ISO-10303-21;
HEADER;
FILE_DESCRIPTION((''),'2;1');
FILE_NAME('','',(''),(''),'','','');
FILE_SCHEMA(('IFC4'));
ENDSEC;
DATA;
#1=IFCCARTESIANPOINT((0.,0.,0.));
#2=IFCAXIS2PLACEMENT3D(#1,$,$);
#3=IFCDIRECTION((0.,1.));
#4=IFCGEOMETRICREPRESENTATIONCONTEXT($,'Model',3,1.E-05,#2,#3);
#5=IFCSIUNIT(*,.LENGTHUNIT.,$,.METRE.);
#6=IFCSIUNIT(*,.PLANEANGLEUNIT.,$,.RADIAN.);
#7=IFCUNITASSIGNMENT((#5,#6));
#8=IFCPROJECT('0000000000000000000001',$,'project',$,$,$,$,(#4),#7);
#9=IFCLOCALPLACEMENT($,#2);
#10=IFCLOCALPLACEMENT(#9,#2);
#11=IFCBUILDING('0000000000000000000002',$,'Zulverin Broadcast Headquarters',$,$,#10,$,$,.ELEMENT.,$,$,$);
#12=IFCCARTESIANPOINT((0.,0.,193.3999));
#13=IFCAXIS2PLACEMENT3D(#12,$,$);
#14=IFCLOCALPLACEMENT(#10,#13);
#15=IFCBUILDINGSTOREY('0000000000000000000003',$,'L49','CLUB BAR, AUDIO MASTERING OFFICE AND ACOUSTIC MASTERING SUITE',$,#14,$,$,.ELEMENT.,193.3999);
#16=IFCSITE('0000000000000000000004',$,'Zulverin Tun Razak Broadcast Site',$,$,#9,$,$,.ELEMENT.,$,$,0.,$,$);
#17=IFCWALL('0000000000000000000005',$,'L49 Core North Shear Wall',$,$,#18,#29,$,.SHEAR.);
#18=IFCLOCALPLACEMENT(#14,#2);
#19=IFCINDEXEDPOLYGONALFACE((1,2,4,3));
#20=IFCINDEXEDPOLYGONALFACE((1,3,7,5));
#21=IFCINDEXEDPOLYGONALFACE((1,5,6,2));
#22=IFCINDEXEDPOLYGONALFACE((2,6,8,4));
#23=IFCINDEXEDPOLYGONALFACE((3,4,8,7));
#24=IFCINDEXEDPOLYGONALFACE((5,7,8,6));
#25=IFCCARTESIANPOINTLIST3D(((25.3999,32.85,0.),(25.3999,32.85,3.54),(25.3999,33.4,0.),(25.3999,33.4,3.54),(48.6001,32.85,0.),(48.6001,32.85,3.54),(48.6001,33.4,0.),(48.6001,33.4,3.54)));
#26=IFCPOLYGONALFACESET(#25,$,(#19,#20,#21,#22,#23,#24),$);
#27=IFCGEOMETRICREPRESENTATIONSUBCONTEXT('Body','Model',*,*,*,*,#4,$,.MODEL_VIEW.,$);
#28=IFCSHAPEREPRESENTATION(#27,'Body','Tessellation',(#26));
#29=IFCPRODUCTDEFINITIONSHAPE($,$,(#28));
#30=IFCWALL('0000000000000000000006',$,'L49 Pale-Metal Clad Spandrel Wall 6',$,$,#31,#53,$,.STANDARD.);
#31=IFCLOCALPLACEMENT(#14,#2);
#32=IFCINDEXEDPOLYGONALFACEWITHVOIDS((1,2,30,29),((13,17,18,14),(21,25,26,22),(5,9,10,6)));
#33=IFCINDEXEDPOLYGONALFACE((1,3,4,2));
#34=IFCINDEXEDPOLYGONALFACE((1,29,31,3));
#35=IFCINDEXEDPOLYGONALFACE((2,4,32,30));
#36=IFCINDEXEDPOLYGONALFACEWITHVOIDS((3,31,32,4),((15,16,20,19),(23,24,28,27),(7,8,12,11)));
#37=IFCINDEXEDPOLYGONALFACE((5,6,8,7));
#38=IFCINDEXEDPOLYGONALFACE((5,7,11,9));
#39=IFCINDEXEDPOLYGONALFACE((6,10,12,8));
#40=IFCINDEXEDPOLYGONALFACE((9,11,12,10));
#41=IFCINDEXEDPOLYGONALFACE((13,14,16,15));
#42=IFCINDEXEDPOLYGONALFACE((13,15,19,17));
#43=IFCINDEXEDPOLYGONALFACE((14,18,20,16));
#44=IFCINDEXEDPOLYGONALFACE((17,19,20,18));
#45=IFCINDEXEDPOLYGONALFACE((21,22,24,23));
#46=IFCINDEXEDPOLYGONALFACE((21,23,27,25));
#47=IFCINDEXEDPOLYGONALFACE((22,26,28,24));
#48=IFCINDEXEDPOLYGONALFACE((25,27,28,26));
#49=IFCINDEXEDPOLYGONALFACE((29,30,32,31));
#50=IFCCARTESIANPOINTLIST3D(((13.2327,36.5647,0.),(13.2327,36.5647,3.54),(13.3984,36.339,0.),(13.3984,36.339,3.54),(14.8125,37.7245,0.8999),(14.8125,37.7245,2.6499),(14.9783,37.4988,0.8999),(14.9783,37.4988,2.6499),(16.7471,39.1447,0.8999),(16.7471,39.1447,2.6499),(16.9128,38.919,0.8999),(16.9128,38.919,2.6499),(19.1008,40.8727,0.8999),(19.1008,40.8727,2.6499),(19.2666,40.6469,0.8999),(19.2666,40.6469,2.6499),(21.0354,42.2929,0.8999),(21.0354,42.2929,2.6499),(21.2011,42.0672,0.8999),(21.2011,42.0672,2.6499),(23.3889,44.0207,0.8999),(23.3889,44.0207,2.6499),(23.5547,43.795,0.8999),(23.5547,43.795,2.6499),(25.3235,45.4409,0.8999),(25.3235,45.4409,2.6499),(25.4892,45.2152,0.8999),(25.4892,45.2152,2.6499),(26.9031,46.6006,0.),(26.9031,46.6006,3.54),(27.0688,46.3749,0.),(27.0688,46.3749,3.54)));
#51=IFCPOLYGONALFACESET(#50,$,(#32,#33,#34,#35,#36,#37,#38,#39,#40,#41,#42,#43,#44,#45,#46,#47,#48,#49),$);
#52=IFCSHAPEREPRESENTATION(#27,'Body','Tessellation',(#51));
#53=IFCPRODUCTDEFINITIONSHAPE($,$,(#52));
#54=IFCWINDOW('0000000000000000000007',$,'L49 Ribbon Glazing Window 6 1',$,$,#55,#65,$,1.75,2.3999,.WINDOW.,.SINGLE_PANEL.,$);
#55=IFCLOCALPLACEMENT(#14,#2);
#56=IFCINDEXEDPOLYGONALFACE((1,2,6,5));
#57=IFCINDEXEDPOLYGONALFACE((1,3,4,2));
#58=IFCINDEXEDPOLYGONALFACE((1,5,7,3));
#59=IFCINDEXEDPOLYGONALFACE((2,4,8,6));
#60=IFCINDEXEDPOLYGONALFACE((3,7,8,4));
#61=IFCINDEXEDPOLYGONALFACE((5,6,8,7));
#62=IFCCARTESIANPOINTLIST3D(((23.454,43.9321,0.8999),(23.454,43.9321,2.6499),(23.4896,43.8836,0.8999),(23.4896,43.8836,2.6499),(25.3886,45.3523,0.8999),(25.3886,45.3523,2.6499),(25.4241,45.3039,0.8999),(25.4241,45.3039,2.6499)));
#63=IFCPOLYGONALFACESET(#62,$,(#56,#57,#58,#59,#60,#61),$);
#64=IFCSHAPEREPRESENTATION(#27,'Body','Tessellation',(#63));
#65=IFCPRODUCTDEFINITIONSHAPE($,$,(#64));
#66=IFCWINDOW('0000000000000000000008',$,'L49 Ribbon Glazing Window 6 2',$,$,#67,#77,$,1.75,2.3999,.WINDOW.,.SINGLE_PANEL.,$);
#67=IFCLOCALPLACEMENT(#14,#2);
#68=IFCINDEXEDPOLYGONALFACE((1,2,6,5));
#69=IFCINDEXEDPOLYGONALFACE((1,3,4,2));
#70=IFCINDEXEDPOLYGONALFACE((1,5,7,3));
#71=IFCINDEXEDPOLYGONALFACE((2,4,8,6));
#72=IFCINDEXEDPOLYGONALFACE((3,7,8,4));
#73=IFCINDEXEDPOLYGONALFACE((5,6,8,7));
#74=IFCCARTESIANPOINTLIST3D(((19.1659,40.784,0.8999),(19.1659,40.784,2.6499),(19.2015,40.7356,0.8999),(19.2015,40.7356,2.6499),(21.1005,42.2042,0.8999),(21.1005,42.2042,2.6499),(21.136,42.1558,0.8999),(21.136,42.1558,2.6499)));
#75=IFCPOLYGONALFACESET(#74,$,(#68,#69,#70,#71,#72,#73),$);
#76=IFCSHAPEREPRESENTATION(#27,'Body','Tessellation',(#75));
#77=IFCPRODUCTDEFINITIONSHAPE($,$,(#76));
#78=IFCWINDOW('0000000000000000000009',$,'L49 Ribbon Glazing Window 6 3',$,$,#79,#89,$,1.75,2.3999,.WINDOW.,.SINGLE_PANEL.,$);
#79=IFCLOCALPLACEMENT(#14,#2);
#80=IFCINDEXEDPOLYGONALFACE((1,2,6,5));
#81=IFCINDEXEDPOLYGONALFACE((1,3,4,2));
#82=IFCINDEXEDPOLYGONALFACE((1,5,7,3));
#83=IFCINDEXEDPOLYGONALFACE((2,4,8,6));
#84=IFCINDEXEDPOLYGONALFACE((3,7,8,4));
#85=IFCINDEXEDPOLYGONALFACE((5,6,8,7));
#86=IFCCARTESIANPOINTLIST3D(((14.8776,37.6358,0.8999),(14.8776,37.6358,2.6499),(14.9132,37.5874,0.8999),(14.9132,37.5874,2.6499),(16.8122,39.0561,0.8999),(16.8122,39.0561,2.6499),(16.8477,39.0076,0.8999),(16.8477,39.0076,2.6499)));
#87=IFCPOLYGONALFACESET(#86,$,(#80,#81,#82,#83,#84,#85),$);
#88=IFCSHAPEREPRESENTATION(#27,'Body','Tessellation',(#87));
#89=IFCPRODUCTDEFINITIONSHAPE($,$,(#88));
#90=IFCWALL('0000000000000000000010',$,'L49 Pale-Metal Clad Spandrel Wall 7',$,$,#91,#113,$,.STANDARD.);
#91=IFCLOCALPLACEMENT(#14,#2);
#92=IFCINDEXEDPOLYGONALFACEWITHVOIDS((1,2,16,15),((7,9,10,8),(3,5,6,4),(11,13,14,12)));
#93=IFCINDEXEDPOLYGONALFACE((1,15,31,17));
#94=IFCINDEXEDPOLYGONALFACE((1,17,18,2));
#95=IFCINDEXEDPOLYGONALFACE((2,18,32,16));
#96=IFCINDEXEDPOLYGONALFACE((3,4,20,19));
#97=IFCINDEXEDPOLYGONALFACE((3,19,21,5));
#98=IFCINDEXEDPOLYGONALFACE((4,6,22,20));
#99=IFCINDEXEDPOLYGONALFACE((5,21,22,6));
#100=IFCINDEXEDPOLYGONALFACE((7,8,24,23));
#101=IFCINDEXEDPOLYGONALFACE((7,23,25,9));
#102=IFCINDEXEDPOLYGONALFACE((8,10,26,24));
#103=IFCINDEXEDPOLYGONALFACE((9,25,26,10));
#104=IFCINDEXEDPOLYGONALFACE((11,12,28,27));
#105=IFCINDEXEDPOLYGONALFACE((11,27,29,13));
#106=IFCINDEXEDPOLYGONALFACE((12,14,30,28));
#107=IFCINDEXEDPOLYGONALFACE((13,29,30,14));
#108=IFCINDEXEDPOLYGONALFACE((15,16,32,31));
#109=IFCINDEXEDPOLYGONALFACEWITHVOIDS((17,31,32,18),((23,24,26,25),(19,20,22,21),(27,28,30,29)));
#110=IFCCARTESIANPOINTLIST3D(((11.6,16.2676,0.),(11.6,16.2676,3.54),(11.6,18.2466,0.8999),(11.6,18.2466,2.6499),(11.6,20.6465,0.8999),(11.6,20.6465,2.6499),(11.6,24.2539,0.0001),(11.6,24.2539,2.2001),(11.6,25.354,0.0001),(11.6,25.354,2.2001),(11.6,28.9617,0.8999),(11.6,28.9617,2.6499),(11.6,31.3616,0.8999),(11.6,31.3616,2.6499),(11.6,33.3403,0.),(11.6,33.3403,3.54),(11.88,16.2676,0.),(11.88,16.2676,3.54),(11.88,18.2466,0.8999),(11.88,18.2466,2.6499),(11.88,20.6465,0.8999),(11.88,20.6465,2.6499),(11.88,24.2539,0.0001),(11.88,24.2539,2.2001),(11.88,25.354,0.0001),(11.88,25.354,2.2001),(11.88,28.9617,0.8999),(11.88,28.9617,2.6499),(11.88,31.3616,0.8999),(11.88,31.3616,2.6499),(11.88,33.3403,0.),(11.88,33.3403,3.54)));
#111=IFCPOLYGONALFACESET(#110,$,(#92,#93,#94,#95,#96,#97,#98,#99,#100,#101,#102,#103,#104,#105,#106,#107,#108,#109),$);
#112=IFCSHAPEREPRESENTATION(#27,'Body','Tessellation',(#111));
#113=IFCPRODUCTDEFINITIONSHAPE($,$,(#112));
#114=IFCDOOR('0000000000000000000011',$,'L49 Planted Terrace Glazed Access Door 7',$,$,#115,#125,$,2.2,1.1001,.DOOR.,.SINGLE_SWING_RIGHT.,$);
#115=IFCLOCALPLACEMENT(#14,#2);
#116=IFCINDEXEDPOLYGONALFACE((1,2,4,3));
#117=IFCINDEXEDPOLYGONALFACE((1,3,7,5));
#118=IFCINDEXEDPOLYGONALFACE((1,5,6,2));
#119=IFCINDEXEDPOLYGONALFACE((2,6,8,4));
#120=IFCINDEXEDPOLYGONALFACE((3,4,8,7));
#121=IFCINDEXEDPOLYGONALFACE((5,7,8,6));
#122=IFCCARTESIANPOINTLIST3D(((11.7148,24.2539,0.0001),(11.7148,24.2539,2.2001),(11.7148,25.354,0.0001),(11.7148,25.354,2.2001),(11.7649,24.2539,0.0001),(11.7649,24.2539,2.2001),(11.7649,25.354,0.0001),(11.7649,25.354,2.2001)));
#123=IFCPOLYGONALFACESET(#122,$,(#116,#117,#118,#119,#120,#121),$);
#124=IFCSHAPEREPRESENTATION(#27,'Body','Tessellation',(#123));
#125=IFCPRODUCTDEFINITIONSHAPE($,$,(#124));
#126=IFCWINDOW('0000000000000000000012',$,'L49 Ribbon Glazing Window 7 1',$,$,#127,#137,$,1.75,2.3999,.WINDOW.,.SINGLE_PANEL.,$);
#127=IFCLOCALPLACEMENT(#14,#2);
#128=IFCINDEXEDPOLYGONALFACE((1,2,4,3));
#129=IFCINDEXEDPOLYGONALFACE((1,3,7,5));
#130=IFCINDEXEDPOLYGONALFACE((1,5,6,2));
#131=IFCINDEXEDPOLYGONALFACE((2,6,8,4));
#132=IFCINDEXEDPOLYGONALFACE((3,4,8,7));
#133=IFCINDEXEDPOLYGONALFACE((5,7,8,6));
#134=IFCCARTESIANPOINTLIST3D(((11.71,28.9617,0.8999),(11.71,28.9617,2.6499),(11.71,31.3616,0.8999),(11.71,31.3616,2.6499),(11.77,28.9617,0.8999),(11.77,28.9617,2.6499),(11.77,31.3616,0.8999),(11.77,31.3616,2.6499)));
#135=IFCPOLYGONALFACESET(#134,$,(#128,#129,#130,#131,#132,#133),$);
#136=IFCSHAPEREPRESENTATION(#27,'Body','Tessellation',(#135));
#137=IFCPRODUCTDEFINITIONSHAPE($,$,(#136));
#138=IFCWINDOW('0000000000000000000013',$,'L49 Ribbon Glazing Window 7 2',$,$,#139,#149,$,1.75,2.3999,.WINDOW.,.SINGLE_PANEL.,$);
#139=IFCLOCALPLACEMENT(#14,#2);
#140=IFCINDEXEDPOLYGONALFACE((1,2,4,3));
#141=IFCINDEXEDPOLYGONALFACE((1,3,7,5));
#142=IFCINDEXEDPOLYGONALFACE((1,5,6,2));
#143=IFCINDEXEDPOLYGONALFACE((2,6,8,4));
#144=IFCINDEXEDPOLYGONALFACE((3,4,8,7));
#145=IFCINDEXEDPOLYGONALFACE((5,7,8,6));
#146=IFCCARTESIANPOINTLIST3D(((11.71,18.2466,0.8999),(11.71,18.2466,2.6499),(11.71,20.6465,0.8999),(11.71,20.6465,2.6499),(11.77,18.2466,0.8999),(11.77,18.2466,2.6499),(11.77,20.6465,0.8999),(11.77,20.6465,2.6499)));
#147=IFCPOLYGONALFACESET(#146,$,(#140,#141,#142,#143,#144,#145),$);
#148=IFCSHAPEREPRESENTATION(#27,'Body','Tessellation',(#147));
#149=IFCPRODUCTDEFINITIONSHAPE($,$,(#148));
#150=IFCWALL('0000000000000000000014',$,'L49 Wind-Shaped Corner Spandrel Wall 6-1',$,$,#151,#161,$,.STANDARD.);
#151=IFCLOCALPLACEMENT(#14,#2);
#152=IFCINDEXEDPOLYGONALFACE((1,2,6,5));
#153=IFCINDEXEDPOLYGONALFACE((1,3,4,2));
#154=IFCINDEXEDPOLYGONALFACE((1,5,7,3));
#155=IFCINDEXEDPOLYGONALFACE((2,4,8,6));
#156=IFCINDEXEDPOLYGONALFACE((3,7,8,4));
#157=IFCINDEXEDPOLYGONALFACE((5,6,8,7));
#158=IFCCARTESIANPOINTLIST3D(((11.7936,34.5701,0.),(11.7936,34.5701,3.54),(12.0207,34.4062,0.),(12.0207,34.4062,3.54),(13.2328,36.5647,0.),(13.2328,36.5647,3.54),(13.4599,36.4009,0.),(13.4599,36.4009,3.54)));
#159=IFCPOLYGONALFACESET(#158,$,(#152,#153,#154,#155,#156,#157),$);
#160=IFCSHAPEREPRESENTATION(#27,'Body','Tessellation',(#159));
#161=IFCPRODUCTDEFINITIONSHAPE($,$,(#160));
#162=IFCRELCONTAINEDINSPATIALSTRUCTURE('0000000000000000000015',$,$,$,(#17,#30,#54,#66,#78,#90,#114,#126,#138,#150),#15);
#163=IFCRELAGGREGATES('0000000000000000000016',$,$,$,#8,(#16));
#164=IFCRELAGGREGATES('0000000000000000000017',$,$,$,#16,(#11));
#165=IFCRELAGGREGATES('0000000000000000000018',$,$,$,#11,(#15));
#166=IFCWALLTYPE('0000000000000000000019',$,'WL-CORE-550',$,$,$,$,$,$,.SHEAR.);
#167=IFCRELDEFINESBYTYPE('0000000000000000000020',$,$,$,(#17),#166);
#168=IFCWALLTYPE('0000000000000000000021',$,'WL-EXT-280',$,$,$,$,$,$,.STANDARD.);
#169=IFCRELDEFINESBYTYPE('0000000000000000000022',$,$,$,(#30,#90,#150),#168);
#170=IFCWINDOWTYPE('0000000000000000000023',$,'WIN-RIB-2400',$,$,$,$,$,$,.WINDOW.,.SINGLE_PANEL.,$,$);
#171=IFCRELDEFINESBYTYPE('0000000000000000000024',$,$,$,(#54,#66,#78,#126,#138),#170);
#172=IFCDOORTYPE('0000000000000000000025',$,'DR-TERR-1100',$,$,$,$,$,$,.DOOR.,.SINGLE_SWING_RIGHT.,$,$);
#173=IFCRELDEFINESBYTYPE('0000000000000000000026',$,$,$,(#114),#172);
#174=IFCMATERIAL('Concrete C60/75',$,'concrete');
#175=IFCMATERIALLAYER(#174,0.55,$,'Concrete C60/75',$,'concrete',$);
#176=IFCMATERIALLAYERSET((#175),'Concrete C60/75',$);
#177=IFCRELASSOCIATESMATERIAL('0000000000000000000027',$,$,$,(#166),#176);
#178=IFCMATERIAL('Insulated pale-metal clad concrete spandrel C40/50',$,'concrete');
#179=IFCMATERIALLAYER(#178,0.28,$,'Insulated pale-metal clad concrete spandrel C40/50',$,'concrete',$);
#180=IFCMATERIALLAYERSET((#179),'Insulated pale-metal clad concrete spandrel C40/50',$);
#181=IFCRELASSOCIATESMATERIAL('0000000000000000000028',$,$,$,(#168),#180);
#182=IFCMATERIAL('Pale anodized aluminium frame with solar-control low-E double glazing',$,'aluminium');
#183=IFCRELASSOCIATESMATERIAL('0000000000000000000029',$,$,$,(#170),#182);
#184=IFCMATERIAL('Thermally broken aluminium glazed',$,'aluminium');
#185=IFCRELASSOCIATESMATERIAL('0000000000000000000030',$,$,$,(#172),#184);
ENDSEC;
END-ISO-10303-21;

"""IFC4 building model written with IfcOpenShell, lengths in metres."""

from ifc_helpers import new_model, si_unit, direction, frame, frame_2d, origin, place, context, subcontext, project, spatial, rectangle, extrude, material, layer, layer_set, type_object, element, fill, save


model = new_model("IFC4")

# Units and contexts
model_context = context("Model", 3, precision=1e-05, world=origin(), true_north=direction((0.0, 1.0)))
body_context = subcontext(model_context, "Body", "Model", "MODEL_VIEW")
ifc_project = project(units=[si_unit("LENGTHUNIT", "METRE"), si_unit("PLANEANGLEUNIT", "RADIAN")], contexts=[model_context])

# Site, building, storey
site_placement = place(None, origin())
site = spatial("IfcSite", under=ifc_project, at=site_placement, Name="Zulverin Tun Razak Broadcast Site", CompositionType="ELEMENT", RefElevation=0.0)
building_placement = place(site_placement, origin())
building = spatial("IfcBuilding", under=site, at=building_placement, Name="Zulverin Broadcast Headquarters", CompositionType="ELEMENT")
storey_placement = place(building_placement, frame((0.0, 0.0, 193.3999)))
storey = spatial("IfcBuildingStorey", under=building, at=storey_placement, Name="L49", Description="CLUB BAR, AUDIO MASTERING OFFICE AND ACOUSTIC MASTERING SUITE", CompositionType="ELEMENT", Elevation=193.3999)

# Shared definitions
ifc_material_1 = material(Name="Concrete C60/75", Category="concrete")

# Wall
ifc_layer_1 = layer(ifc_material_1, 0.55, Name="Concrete C60/75", Category="concrete")
ifc_layer_set_1 = layer_set([ifc_layer_1], Name="Concrete C60/75")
wall_type_1 = type_object("IfcWallType", Name="WL-CORE-550", PredefinedType="SHEAR", material=ifc_layer_set_1)
wall_1_placement = place(storey_placement, frame((25.3999, 33.125, 0.0), z_axis=(0.0, 0.0, 1.0), x_axis=(1.0, 0.0, 0.0)))
element("IfcWall", 1, at=wall_1_placement, inside=storey, type_object=wall_type_1, Name="L49 Core North Shear Wall", PredefinedType="SHEAR", context=body_context, shape_type="SweptSolid", body=[
    extrude(rectangle(XDim=23.2002, YDim=0.55, at=frame_2d((11.6001, 0.0))), origin(), (0.0, 0.0, 1.0), 3.54),
])

# Wall, openings, windows
ifc_material_2 = material(Name="Insulated pale-metal clad concrete spandrel C40/50", Category="concrete")
ifc_layer_2 = layer(ifc_material_2, 0.28, Name="Insulated pale-metal clad concrete spandrel C40/50", Category="concrete")
ifc_layer_set_2 = layer_set([ifc_layer_2], Name="Insulated pale-metal clad concrete spandrel C40/50")
wall_type_2 = type_object("IfcWallType", Name="WL-EXT-280", PredefinedType="STANDARD", material=ifc_layer_set_2)
wall_2_placement = place(storey_placement, frame((26.9861, 46.4878, 0.0), z_axis=(0.0, 0.0, 1.0), x_axis=(-0.806098, -0.591782, 0.0)))
wall_2 = element("IfcWall", 2, at=wall_2_placement, inside=storey, type_object=wall_type_2, Name="L49 Pale-Metal Clad Spandrel Wall 6", PredefinedType="STANDARD", context=body_context, shape_type="SweptSolid", body=[
    extrude(rectangle(XDim=16.9587, YDim=0.28, at=frame_2d((8.4795, 0.0))), origin(), (0.0, 0.0, 1.0), 3.54),
])
opening_1_placement = place(wall_2_placement, frame((1.9597, 0.0, 0.8999)))
opening_1 = element("IfcOpeningElement", 3, at=opening_1_placement, cuts=wall_2, PredefinedType="OPENING", context=body_context, shape_type="SweptSolid", body=[
    extrude(rectangle(XDim=2.3999, YDim=1.75, at=frame_2d((1.2, 0.875))), frame((0.0, 0.1499, 0.0), z_axis=(0.0, -1.0, 0.0), x_axis=(1.0, 0.0, 0.0)), (0.0, 0.0, 1.0), 0.3),
])
opening_2_placement = place(wall_2_placement, frame((7.2793, 0.0, 0.8999)))
opening_2 = element("IfcOpeningElement", 4, at=opening_2_placement, cuts=wall_2, PredefinedType="OPENING", context=body_context, shape_type="SweptSolid", body=[
    extrude(rectangle(XDim=2.3999, YDim=1.75, at=frame_2d((1.2, 0.875))), frame((0.0, 0.1499, 0.0), z_axis=(0.0, -1.0, 0.0), x_axis=(1.0, 0.0, 0.0)), (0.0, 0.0, 1.0), 0.3),
])
opening_3_placement = place(wall_2_placement, frame((12.5991, 0.0, 0.8999)))
opening_3 = element("IfcOpeningElement", 5, at=opening_3_placement, cuts=wall_2, PredefinedType="OPENING", context=body_context, shape_type="SweptSolid", body=[
    extrude(rectangle(XDim=2.3999, YDim=1.75, at=frame_2d((1.2, 0.875))), frame((0.0, 0.1499, 0.0), z_axis=(0.0, -1.0, 0.0), x_axis=(1.0, 0.0, 0.0)), (0.0, 0.0, 1.0), 0.3),
])
ifc_material_3 = material(Name="Pale anodized aluminium frame with solar-control low-E double glazing", Category="aluminium")
window_type = type_object("IfcWindowType", Name="WIN-RIB-2400", PartitioningType="SINGLE_PANEL", PredefinedType="WINDOW", material=ifc_material_3)
window_1_placement = place(opening_1_placement, origin())
window_1 = element("IfcWindow", 6, at=window_1_placement, inside=storey, type_object=window_type, Name="L49 Ribbon Glazing Window 6 1", OverallHeight=1.75, OverallWidth=2.3999, PartitioningType="SINGLE_PANEL", PredefinedType="WINDOW", context=body_context, shape_type="SweptSolid", body=[
    extrude(rectangle(XDim=2.3999, YDim=1.75, at=frame_2d((1.2, 0.875))), frame((0.0, 0.03, 0.0), z_axis=(0.0, -1.0, 0.0), x_axis=(1.0, 0.0, 0.0)), (0.0, 0.0, 1.0), 0.0601),
])
fill(opening_1, window_1)
window_2_placement = place(opening_2_placement, origin())
window_2 = element("IfcWindow", 7, at=window_2_placement, inside=storey, type_object=window_type, Name="L49 Ribbon Glazing Window 6 2", OverallHeight=1.75, OverallWidth=2.3999, PartitioningType="SINGLE_PANEL", PredefinedType="WINDOW", context=body_context, shape_type="SweptSolid", body=[
    extrude(rectangle(XDim=2.3999, YDim=1.75, at=frame_2d((1.2, 0.875))), frame((0.0, 0.03, 0.0), z_axis=(0.0, -1.0, 0.0), x_axis=(1.0, 0.0, 0.0)), (0.0, 0.0, 1.0), 0.0601),
])
fill(opening_2, window_2)
window_3_placement = place(opening_3_placement, origin())
window_3 = element("IfcWindow", 8, at=window_3_placement, inside=storey, type_object=window_type, Name="L49 Ribbon Glazing Window 6 3", OverallHeight=1.75, OverallWidth=2.3999, PartitioningType="SINGLE_PANEL", PredefinedType="WINDOW", context=body_context, shape_type="SweptSolid", body=[
    extrude(rectangle(XDim=2.3999, YDim=1.75, at=frame_2d((1.2, 0.875))), frame((0.0, 0.03, 0.0), z_axis=(0.0, -1.0, 0.0), x_axis=(1.0, 0.0, 0.0)), (0.0, 0.0, 1.0), 0.0601),
])
fill(opening_3, window_3)

# Wall, openings, door, windows
wall_3_placement = place(storey_placement, frame((11.74, 33.3403, 0.0), z_axis=(0.0, 0.0, 1.0), x_axis=(0.0, -1.0, 0.0)))
wall_3 = element("IfcWall", 9, at=wall_3_placement, inside=storey, type_object=wall_type_2, Name="L49 Pale-Metal Clad Spandrel Wall 7", PredefinedType="STANDARD", context=body_context, shape_type="SweptSolid", body=[
    extrude(rectangle(XDim=17.0728, YDim=0.28, at=frame_2d((8.5364, 0.0))), origin(), (0.0, 0.0, 1.0), 3.54),
])
opening_4_placement = place(wall_3_placement, frame((7.9863, 0.0, 0.0)))
opening_4 = element("IfcOpeningElement", 10, at=opening_4_placement, cuts=wall_3, PredefinedType="OPENING", context=body_context, shape_type="SweptSolid", body=[
    extrude(rectangle(XDim=1.1001, YDim=2.2, at=frame_2d((0.55, 1.1001))), frame((0.0, 0.1499, 0.0), z_axis=(0.0, -1.0, 0.0), x_axis=(1.0, 0.0, 0.0)), (0.0, 0.0, 1.0), 0.3),
])
opening_5_placement = place(wall_3_placement, frame((1.9788, 0.0, 0.8999)))
opening_5 = element("IfcOpeningElement", 11, at=opening_5_placement, cuts=wall_3, PredefinedType="OPENING", context=body_context, shape_type="SweptSolid", body=[
    extrude(rectangle(XDim=2.3999, YDim=1.75, at=frame_2d((1.2, 0.875))), frame((0.0, 0.1499, 0.0), z_axis=(0.0, -1.0, 0.0), x_axis=(1.0, 0.0, 0.0)), (0.0, 0.0, 1.0), 0.3),
])
opening_6_placement = place(wall_3_placement, frame((12.6938, 0.0, 0.8999)))
opening_6 = element("IfcOpeningElement", 12, at=opening_6_placement, cuts=wall_3, PredefinedType="OPENING", context=body_context, shape_type="SweptSolid", body=[
    extrude(rectangle(XDim=2.3999, YDim=1.75, at=frame_2d((1.2, 0.875))), frame((0.0, 0.1499, 0.0), z_axis=(0.0, -1.0, 0.0), x_axis=(1.0, 0.0, 0.0)), (0.0, 0.0, 1.0), 0.3),
])
ifc_material_4 = material(Name="Thermally broken aluminium glazed", Category="aluminium")
door_type_1 = type_object("IfcDoorType", Name="DR-TERR-1100", OperationType="SINGLE_SWING_RIGHT", PredefinedType="DOOR", material=ifc_material_4)
door_1_placement = place(opening_4_placement, origin())
door_1 = element("IfcDoor", 13, at=door_1_placement, inside=storey, type_object=door_type_1, Name="L49 Planted Terrace Glazed Access Door 7", OperationType="SINGLE_SWING_RIGHT", OverallHeight=2.2, OverallWidth=1.1001, PredefinedType="DOOR", context=body_context, shape_type="SweptSolid", body=[
    extrude(rectangle(XDim=1.1001, YDim=2.2, at=frame_2d((0.55, 1.1001))), frame((0.0, 0.0249, 0.0), z_axis=(0.0, -1.0, 0.0), x_axis=(1.0, 0.0, 0.0)), (0.0, 0.0, 1.0), 0.05),
])
fill(opening_4, door_1)
window_4_placement = place(opening_5_placement, origin())
window_4 = element("IfcWindow", 14, at=window_4_placement, inside=storey, type_object=window_type, Name="L49 Ribbon Glazing Window 7 1", OverallHeight=1.75, OverallWidth=2.3999, PartitioningType="SINGLE_PANEL", PredefinedType="WINDOW", context=body_context, shape_type="SweptSolid", body=[
    extrude(rectangle(XDim=2.3999, YDim=1.75, at=frame_2d((1.2, 0.875))), frame((0.0, 0.03, 0.0), z_axis=(0.0, -1.0, 0.0), x_axis=(1.0, 0.0, 0.0)), (0.0, 0.0, 1.0), 0.0601),
])
fill(opening_5, window_4)
window_5_placement = place(opening_6_placement, origin())
window_5 = element("IfcWindow", 15, at=window_5_placement, inside=storey, type_object=window_type, Name="L49 Ribbon Glazing Window 7 2", OverallHeight=1.75, OverallWidth=2.3999, PartitioningType="SINGLE_PANEL", PredefinedType="WINDOW", context=body_context, shape_type="SweptSolid", body=[
    extrude(rectangle(XDim=2.3999, YDim=1.75, at=frame_2d((1.2, 0.875))), frame((0.0, 0.03, 0.0), z_axis=(0.0, -1.0, 0.0), x_axis=(1.0, 0.0, 0.0)), (0.0, 0.0, 1.0), 0.0601),
])
fill(opening_6, window_5)

# Wall
wall_4_placement = place(storey_placement, frame((13.3464, 36.4829, 0.0), z_axis=(0.0, 0.0, 1.0), x_axis=(-0.585128, -0.810941, 0.0)))
element("IfcWall", 16, at=wall_4_placement, inside=storey, type_object=wall_type_2, Name="L49 Wind-Shaped Corner Spandrel Wall 6-1", PredefinedType="STANDARD", context=body_context, shape_type="SweptSolid", body=[
    extrude(rectangle(XDim=2.4597, YDim=0.28, at=frame_2d((1.23, 0.0))), origin(), (0.0, 0.0, 1.0), 3.54),
])

save(model, "model.ifc")
